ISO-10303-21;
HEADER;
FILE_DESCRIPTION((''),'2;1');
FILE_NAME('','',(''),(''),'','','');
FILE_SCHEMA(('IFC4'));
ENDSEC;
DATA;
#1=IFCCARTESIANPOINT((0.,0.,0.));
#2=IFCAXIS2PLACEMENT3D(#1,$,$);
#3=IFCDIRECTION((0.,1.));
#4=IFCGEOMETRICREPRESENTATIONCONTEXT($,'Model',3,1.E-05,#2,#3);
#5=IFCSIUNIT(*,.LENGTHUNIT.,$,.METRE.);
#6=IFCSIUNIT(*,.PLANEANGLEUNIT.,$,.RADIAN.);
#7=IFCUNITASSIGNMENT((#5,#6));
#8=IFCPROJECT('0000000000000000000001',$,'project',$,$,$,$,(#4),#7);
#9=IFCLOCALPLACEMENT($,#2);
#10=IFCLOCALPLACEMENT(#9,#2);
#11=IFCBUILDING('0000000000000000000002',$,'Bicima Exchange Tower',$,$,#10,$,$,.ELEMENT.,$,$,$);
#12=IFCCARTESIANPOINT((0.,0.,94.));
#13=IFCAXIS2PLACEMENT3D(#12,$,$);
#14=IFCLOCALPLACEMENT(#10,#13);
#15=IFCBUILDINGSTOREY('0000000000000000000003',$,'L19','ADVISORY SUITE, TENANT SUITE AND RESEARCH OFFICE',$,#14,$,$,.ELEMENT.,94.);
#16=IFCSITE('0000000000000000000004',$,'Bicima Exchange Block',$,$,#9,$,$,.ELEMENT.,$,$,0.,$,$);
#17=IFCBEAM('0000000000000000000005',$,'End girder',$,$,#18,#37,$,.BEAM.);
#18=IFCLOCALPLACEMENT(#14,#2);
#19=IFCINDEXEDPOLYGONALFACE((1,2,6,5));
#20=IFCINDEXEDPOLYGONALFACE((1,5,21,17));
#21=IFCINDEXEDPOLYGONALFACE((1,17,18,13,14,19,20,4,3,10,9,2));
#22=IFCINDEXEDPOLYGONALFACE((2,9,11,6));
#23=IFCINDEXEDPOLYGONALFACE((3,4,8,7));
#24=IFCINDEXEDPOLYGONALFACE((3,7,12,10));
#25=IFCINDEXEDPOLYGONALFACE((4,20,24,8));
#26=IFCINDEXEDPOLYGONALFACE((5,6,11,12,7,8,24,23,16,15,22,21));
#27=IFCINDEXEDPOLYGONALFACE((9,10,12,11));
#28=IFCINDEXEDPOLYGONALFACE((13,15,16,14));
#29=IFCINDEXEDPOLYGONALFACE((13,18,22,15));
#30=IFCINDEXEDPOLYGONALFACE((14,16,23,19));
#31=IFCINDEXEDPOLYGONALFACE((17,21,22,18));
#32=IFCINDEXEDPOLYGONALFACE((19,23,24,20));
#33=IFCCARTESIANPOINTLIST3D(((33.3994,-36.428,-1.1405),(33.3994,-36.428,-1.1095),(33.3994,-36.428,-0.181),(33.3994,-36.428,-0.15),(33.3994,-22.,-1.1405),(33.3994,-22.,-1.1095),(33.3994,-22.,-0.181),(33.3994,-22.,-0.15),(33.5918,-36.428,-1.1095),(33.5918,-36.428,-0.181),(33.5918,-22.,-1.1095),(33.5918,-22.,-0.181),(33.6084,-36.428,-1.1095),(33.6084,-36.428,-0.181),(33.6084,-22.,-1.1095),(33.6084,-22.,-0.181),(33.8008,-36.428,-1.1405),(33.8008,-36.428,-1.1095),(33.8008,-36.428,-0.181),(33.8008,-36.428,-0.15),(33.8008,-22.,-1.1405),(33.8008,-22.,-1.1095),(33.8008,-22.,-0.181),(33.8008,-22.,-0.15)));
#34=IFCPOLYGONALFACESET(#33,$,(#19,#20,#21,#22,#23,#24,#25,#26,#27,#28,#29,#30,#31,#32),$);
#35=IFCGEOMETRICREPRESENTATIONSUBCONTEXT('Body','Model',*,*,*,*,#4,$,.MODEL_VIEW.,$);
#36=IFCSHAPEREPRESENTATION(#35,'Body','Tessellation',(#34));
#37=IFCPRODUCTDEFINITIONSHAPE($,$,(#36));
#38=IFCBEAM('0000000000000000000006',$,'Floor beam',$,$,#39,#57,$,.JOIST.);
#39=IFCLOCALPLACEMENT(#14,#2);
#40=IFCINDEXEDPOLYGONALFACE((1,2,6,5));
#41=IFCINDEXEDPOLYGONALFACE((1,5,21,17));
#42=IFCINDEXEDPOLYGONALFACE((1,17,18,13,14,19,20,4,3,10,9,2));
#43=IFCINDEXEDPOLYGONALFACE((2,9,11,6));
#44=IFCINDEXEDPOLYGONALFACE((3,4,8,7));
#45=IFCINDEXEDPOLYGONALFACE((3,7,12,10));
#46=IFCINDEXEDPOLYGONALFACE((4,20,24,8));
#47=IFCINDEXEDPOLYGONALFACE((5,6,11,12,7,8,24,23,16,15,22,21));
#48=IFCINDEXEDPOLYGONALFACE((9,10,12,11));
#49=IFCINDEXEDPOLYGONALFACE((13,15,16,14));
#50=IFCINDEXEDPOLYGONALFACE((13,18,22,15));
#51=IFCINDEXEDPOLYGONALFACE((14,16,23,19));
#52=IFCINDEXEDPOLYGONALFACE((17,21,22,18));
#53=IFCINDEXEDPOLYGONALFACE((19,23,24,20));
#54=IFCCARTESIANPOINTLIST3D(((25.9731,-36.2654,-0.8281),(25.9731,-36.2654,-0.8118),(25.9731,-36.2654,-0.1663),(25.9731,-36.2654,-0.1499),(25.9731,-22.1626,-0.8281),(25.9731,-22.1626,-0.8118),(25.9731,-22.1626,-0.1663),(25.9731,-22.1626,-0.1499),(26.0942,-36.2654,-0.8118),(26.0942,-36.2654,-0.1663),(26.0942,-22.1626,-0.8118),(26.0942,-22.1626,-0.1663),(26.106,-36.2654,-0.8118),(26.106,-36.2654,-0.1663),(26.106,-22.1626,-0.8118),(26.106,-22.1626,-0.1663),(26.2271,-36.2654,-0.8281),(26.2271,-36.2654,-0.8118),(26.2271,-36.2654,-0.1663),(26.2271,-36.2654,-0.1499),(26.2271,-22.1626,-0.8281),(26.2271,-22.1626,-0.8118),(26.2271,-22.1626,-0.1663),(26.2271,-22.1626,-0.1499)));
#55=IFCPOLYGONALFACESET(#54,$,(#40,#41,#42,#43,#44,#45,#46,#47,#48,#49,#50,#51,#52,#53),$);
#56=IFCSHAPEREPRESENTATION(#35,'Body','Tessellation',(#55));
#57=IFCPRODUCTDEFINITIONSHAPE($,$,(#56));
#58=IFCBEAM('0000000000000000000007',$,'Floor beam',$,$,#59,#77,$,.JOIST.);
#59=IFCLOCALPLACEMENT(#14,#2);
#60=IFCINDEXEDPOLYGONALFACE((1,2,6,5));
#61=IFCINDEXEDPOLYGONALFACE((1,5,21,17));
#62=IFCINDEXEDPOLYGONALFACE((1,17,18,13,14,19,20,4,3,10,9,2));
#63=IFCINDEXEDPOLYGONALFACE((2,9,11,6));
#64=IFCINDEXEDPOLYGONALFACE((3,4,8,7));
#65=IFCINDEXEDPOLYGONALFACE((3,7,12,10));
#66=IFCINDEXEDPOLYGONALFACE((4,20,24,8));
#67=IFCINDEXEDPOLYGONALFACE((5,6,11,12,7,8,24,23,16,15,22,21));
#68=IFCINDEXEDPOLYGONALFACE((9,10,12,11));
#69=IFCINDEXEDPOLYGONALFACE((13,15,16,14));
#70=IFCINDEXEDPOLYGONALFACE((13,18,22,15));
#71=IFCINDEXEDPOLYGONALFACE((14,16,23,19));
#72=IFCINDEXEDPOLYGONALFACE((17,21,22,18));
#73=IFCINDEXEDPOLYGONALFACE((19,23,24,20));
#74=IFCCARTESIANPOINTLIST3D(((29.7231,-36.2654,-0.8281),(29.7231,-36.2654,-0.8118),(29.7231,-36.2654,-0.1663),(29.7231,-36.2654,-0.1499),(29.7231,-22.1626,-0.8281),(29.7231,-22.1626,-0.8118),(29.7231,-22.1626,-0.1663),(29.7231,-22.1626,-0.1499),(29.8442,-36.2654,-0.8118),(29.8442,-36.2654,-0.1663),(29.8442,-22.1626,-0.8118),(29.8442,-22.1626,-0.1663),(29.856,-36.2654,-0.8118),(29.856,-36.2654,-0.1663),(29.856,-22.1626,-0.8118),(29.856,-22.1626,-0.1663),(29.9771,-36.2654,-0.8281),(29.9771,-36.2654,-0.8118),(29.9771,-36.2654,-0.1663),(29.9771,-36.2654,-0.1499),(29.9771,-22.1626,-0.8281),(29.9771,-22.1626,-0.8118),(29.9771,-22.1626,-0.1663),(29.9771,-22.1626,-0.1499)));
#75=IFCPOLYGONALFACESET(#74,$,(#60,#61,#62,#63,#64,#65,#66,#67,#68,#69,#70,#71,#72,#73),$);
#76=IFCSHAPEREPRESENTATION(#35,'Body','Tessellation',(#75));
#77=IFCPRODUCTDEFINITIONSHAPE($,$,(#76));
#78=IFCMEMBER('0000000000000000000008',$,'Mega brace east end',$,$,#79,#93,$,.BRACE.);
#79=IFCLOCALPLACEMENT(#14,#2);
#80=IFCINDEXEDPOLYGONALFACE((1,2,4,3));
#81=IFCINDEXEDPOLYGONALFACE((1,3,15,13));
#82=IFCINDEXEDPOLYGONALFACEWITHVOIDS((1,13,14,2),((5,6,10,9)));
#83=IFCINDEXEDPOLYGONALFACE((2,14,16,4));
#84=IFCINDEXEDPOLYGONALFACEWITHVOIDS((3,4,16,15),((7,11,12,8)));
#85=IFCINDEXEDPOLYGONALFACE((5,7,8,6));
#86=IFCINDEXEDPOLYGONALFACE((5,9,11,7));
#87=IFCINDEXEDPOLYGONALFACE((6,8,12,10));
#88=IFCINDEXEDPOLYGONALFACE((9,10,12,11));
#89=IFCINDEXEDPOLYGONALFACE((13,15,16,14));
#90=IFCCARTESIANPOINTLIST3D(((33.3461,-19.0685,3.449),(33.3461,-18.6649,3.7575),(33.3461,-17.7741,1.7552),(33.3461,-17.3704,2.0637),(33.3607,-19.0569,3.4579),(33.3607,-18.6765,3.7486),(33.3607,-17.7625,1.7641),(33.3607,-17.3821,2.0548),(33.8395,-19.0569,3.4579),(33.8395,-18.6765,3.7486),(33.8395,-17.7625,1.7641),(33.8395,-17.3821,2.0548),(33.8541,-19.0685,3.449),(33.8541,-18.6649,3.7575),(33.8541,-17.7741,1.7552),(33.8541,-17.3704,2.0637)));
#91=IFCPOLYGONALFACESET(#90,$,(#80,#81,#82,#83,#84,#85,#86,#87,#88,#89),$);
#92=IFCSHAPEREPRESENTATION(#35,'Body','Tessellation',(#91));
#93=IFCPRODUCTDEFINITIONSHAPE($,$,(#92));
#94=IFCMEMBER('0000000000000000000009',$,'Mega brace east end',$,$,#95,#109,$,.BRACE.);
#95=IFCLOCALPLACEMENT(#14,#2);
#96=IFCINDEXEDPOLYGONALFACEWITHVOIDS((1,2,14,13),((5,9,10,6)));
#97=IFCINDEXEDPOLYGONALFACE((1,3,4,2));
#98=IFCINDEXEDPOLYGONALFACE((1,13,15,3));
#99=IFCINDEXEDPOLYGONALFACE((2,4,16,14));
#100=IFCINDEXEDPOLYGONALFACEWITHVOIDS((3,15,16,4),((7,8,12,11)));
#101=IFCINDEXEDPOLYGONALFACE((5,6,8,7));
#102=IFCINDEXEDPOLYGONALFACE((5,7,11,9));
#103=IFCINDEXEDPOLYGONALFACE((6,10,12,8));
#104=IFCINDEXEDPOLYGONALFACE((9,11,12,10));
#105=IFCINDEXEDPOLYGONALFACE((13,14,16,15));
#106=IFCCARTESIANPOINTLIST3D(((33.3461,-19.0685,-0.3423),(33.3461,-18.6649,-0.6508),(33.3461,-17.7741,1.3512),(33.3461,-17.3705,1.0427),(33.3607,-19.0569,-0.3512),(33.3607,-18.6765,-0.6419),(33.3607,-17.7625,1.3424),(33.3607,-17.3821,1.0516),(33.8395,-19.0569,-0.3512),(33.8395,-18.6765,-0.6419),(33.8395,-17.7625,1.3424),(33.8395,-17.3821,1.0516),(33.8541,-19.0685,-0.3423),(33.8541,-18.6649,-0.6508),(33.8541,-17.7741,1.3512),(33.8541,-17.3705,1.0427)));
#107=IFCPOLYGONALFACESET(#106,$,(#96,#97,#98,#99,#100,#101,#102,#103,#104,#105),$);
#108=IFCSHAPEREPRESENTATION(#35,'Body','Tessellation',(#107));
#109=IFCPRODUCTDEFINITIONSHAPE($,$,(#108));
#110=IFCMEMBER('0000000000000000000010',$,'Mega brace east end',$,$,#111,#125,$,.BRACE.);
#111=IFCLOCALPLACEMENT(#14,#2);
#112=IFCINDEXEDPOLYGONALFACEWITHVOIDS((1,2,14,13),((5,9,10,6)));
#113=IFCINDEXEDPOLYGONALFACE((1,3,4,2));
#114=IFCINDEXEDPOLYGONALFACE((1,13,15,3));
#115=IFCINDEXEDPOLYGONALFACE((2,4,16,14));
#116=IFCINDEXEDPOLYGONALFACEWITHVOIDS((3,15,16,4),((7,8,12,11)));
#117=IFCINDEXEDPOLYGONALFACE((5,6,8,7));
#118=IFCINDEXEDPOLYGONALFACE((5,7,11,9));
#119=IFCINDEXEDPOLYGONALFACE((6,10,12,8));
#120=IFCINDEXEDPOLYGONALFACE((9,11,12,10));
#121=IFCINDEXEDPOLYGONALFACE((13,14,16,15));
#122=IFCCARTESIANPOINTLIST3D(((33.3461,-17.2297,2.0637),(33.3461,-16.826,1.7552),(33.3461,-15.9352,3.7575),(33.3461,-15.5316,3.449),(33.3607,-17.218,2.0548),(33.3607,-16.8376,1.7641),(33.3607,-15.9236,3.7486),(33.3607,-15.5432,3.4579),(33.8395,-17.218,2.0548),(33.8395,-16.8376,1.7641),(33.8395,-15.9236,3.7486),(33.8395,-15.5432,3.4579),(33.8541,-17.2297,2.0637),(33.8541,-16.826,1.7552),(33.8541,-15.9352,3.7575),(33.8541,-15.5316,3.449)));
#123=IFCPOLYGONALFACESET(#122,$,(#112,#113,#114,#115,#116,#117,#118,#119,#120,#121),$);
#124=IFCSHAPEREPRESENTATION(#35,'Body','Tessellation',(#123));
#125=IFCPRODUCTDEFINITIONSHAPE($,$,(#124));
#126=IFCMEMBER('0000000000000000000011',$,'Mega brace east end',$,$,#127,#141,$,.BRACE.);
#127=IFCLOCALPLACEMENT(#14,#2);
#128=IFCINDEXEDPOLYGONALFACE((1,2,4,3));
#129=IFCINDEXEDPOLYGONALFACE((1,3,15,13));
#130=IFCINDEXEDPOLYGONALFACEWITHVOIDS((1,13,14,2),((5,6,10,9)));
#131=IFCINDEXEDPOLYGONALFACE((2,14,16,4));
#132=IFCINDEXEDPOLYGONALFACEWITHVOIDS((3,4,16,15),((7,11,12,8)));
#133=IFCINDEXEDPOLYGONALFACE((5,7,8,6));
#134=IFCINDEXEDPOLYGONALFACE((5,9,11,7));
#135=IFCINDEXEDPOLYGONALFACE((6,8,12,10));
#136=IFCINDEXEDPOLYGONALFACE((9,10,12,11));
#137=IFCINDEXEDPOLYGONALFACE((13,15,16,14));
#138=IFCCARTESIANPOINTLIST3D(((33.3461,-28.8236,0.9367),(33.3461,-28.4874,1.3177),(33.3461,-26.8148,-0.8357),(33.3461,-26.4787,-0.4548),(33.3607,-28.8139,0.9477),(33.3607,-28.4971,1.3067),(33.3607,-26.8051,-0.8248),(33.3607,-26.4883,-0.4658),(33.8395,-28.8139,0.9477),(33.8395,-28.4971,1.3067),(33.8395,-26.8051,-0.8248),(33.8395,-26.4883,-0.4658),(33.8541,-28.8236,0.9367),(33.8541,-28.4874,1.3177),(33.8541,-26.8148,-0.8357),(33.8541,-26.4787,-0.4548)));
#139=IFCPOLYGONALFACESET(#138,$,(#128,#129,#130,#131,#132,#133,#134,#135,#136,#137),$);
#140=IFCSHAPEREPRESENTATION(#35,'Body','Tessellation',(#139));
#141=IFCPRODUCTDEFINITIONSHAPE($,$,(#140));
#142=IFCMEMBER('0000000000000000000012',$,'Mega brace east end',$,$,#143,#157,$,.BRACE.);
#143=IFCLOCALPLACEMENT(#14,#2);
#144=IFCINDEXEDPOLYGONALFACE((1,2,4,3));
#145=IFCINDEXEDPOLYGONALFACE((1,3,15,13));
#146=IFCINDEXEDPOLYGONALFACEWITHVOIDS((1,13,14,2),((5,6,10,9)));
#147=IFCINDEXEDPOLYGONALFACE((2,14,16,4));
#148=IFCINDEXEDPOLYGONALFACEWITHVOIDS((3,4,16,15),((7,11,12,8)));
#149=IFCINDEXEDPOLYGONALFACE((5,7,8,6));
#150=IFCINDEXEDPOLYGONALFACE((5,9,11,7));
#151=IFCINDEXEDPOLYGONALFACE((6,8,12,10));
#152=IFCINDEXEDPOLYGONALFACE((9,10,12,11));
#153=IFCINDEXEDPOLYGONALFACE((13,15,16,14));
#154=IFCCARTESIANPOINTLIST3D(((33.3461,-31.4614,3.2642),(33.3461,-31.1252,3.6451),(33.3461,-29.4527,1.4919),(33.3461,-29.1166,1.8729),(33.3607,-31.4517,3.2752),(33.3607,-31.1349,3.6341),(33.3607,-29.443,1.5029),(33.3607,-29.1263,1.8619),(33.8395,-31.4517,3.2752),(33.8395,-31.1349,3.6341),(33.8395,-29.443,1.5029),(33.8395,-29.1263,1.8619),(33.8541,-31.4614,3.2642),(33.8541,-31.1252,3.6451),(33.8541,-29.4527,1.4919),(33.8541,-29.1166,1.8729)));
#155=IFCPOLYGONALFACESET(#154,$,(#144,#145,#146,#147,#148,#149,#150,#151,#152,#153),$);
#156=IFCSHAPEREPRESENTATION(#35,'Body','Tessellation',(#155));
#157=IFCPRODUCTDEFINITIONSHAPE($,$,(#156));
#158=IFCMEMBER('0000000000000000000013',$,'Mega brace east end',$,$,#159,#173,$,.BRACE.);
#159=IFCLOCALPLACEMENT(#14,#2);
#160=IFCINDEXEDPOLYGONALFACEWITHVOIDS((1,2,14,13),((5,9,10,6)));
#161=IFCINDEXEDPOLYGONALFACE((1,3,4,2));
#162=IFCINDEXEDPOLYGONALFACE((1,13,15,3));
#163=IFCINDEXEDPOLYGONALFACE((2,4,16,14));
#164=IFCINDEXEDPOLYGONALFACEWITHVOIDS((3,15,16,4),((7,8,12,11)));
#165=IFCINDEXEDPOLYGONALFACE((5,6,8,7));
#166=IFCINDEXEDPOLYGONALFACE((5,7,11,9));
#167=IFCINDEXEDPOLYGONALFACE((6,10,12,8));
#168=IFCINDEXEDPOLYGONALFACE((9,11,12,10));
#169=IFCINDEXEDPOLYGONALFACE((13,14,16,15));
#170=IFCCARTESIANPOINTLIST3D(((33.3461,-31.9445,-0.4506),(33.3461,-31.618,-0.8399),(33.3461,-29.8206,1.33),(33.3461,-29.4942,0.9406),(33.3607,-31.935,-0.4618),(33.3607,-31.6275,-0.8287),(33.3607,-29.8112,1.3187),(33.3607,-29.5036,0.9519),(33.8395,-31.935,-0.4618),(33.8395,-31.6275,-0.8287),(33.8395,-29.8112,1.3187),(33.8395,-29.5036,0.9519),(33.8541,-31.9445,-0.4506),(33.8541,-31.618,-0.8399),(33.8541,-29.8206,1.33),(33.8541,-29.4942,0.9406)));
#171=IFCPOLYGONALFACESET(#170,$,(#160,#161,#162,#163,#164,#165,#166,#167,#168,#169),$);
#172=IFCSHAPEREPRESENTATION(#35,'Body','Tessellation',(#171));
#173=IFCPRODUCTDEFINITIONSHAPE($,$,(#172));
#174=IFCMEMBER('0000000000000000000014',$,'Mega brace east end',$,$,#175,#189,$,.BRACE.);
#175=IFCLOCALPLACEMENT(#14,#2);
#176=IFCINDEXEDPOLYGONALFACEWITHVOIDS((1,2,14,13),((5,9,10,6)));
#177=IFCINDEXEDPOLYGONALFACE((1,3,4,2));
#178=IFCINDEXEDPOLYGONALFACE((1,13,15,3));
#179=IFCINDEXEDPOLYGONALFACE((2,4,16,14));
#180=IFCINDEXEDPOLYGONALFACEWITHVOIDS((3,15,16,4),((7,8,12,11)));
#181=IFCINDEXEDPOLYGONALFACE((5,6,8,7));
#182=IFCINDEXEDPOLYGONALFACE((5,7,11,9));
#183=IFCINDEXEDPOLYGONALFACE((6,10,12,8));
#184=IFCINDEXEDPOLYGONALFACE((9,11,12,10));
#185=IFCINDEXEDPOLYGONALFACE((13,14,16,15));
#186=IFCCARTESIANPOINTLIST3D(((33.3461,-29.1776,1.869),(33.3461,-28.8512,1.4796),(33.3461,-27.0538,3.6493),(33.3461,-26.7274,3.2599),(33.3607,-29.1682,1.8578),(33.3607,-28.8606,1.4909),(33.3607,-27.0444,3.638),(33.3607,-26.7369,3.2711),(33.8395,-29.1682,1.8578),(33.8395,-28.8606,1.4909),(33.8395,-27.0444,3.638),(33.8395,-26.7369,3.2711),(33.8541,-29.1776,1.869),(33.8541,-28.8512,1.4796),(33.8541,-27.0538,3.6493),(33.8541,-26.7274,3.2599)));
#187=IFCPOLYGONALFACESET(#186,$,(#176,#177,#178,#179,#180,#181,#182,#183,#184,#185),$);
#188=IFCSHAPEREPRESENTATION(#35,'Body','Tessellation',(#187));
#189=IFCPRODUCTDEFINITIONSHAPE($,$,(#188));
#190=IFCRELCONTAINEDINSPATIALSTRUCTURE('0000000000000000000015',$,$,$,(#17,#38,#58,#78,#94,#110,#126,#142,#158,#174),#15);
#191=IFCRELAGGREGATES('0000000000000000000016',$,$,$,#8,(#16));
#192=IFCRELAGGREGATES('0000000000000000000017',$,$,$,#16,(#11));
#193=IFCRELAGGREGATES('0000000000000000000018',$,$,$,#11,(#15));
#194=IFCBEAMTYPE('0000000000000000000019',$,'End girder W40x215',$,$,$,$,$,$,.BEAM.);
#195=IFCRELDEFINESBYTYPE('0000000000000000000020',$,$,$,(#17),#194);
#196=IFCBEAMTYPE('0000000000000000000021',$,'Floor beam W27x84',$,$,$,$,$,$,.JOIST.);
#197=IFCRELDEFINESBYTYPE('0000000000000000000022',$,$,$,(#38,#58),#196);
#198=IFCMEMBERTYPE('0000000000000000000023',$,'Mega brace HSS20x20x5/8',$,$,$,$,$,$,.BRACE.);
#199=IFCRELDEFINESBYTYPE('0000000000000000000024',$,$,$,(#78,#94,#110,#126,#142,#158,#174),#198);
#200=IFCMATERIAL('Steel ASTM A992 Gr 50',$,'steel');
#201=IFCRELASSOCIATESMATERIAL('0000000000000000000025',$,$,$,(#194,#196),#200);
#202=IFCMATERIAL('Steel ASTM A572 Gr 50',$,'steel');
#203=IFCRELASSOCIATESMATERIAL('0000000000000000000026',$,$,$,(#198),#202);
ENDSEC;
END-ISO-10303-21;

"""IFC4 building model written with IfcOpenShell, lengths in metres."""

from ifc_helpers import new_model, si_unit, direction, frame, origin, origin_2d, place, context, subcontext, project, spatial, hollow_rectangle, i_section, extrude, material, material_profile, profile_set, type_object, element, save


model = new_model("IFC4")

# Units and contexts
model_context = context("Model", 3, precision=1e-05, world=origin(), true_north=direction((0.0, 1.0)))
body_context = subcontext(model_context, "Body", "Model", "MODEL_VIEW")
ifc_project = project(units=[si_unit("LENGTHUNIT", "METRE"), si_unit("PLANEANGLEUNIT", "RADIAN")], contexts=[model_context])

# Site, building, storey
site_placement = place(None, origin())
site = spatial("IfcSite", under=ifc_project, at=site_placement, Name="Bicima Exchange Block", CompositionType="ELEMENT", RefElevation=0.0)
building_placement = place(site_placement, origin())
building = spatial("IfcBuilding", under=site, at=building_placement, Name="Bicima Exchange Tower", CompositionType="ELEMENT")
storey_placement = place(building_placement, frame((0.0, 0.0, 94.0)))
storey = spatial("IfcBuildingStorey", under=building, at=storey_placement, Name="L19", Description="ADVISORY SUITE, TENANT SUITE AND RESEARCH OFFICE", CompositionType="ELEMENT", Elevation=94.0)

# Shared definitions
ifc_material_1 = material(Name="Steel ASTM A992 Gr 50", Category="steel")

# Shared definitions
ifc_material_2 = material(Name="Steel ASTM A572 Gr 50", Category="steel")

# Beams
ifc_material_profile_1 = material_profile(ifc_material_1, i_section(OverallWidth=0.4014, OverallDepth=0.9905, WebThickness=0.0166, FlangeThickness=0.031, at=origin_2d()))
ifc_profile_set_1 = profile_set([ifc_material_profile_1], Name="Steel ASTM A992 Gr 50")
beam_type_1 = type_object("IfcBeamType", Name="End girder W40x215", PredefinedType="BEAM", material=ifc_profile_set_1)
beam_1_placement = place(storey_placement, frame((33.6001, -22.0, -0.6453), z_axis=(0.0, -1.0, 0.0), x_axis=(1.0, 0.0, 0.0)))
element("IfcBeam", 1, at=beam_1_placement, inside=storey, type_object=beam_type_1, Name="End girder", PredefinedType="BEAM", context=body_context, shape_type="SweptSolid", body=[
    extrude(i_section(OverallWidth=0.4014, OverallDepth=0.9905, WebThickness=0.0166, FlangeThickness=0.031, at=origin_2d()), origin(), (0.0, 0.0, 1.0), 14.428),
])
ifc_material_profile_2 = material_profile(ifc_material_1, i_section(OverallWidth=0.2539, OverallDepth=0.6782, WebThickness=0.0117, FlangeThickness=0.0164, at=origin_2d()))
ifc_profile_set_2 = profile_set([ifc_material_profile_2], Name="Steel ASTM A992 Gr 50")
beam_type_2 = type_object("IfcBeamType", Name="Floor beam W27x84", PredefinedType="JOIST", material=ifc_profile_set_2)
for number, where, z_axis, x_axis, name in (
    (2, (26.1001, -22.1626, -0.489), (0.0, -1.0, 0.0), (1.0, 0.0, 0.0), "Floor beam"),
    (3, (29.8501, -22.1626, -0.489), (0.0, -1.0, 0.0), (1.0, 0.0, 0.0), "Floor beam"),
):
    element("IfcBeam", number, at=place(storey_placement, frame(where, z_axis=z_axis, x_axis=x_axis)), inside=storey, type_object=beam_type_2, Name=name, PredefinedType="JOIST", context=body_context, shape_type="SweptSolid", body=[
        extrude(i_section(OverallWidth=0.2539, OverallDepth=0.6782, WebThickness=0.0117, FlangeThickness=0.0164, at=origin_2d()), origin(), (0.0, 0.0, 1.0), 14.1028),
    ])

# Members
ifc_material_profile_3 = material_profile(ifc_material_2, hollow_rectangle(XDim=0.5081, YDim=0.5081, WallThickness=0.0146, at=origin_2d()))
ifc_profile_set_3 = profile_set([ifc_material_profile_3], Name="Steel ASTM A572 Gr 50")
member_type_1 = type_object("IfcMemberType", Name="Mega brace HSS20x20x5/8", PredefinedType="BRACE", material=ifc_profile_set_3)
member_1_placement = place(storey_placement, frame((33.6001, -17.5723, 1.9094), z_axis=(0.0, -0.607195, 0.794553), x_axis=(1.0, 0.0, 0.0)))
element("IfcMember", 4, at=member_1_placement, inside=storey, type_object=member_type_1, Name="Mega brace east end", PredefinedType="BRACE", context=body_context, shape_type="SweptSolid", body=[
    extrude(hollow_rectangle(XDim=0.5081, YDim=0.5081, WallThickness=0.0146, at=origin_2d()), origin(), (0.0, 0.0, 1.0), 2.1318),
])
member_2_placement = place(storey_placement, frame((33.6001, -18.8667, -0.4966), z_axis=(0.0, 0.60725, 0.794511), x_axis=(-1.0, 0.0, 0.0)))
element("IfcMember", 5, at=member_2_placement, inside=storey, type_object=member_type_1, Name="Mega brace east end", PredefinedType="BRACE", context=body_context, shape_type="SweptSolid", body=[
    extrude(hollow_rectangle(XDim=0.5081, YDim=0.5081, WallThickness=0.0146, at=origin_2d()), origin(), (0.0, 0.0, 1.0), 2.1316),
])
member_3_placement = place(storey_placement, frame((33.6001, -17.0278, 1.9094), z_axis=(0.0, 0.607195, 0.794553), x_axis=(-1.0, 0.0, 0.0)))
element("IfcMember", 6, at=member_3_placement, inside=storey, type_object=member_type_1, Name="Mega brace east end", PredefinedType="BRACE", context=body_context, shape_type="SweptSolid", body=[
    extrude(hollow_rectangle(XDim=0.5081, YDim=0.5081, WallThickness=0.0146, at=origin_2d()), origin(), (0.0, 0.0, 1.0), 2.1318),
])
member_4_placement = place(storey_placement, frame((33.6001, -26.6467, -0.6453), z_axis=(0.0, -0.749838, 0.661622), x_axis=(1.0, 0.0, 0.0)))
element("IfcMember", 7, at=member_4_placement, inside=storey, type_object=member_type_1, Name="Mega brace east end", PredefinedType="BRACE", context=body_context, shape_type="SweptSolid", body=[
    extrude(hollow_rectangle(XDim=0.5081, YDim=0.5081, WallThickness=0.0146, at=origin_2d()), origin(), (0.0, 0.0, 1.0), 2.679),
])
member_5_placement = place(storey_placement, frame((33.6001, -29.2847, 1.6824), z_axis=(0.0, -0.749843, 0.661616), x_axis=(1.0, 0.0, 0.0)))
element("IfcMember", 8, at=member_5_placement, inside=storey, type_object=member_type_1, Name="Mega brace east end", PredefinedType="BRACE", context=body_context, shape_type="SweptSolid", body=[
    extrude(hollow_rectangle(XDim=0.5081, YDim=0.5081, WallThickness=0.0146, at=origin_2d()), origin(), (0.0, 0.0, 1.0), 2.6787),
])
member_6_placement = place(storey_placement, frame((33.6001, -31.7812, -0.6453), z_axis=(0.0, 0.766319, 0.64246), x_axis=(-1.0, 0.0, 0.0)))
element("IfcMember", 9, at=member_6_placement, inside=storey, type_object=member_type_1, Name="Mega brace east end", PredefinedType="BRACE", context=body_context, shape_type="SweptSolid", body=[
    extrude(hollow_rectangle(XDim=0.5081, YDim=0.5081, WallThickness=0.0146, at=origin_2d()), origin(), (0.0, 0.0, 1.0), 2.7715),
])
member_7_placement = place(storey_placement, frame((33.6001, -29.0144, 1.6743), z_axis=(0.0, 0.766362, 0.642409), x_axis=(-1.0, 0.0, 0.0)))
element("IfcMember", 10, at=member_7_placement, inside=storey, type_object=member_type_1, Name="Mega brace east end", PredefinedType="BRACE", context=body_context, shape_type="SweptSolid", body=[
    extrude(hollow_rectangle(XDim=0.5081, YDim=0.5081, WallThickness=0.0146, at=origin_2d()), origin(), (0.0, 0.0, 1.0), 2.7712),
])

save(model, "model.ifc")
